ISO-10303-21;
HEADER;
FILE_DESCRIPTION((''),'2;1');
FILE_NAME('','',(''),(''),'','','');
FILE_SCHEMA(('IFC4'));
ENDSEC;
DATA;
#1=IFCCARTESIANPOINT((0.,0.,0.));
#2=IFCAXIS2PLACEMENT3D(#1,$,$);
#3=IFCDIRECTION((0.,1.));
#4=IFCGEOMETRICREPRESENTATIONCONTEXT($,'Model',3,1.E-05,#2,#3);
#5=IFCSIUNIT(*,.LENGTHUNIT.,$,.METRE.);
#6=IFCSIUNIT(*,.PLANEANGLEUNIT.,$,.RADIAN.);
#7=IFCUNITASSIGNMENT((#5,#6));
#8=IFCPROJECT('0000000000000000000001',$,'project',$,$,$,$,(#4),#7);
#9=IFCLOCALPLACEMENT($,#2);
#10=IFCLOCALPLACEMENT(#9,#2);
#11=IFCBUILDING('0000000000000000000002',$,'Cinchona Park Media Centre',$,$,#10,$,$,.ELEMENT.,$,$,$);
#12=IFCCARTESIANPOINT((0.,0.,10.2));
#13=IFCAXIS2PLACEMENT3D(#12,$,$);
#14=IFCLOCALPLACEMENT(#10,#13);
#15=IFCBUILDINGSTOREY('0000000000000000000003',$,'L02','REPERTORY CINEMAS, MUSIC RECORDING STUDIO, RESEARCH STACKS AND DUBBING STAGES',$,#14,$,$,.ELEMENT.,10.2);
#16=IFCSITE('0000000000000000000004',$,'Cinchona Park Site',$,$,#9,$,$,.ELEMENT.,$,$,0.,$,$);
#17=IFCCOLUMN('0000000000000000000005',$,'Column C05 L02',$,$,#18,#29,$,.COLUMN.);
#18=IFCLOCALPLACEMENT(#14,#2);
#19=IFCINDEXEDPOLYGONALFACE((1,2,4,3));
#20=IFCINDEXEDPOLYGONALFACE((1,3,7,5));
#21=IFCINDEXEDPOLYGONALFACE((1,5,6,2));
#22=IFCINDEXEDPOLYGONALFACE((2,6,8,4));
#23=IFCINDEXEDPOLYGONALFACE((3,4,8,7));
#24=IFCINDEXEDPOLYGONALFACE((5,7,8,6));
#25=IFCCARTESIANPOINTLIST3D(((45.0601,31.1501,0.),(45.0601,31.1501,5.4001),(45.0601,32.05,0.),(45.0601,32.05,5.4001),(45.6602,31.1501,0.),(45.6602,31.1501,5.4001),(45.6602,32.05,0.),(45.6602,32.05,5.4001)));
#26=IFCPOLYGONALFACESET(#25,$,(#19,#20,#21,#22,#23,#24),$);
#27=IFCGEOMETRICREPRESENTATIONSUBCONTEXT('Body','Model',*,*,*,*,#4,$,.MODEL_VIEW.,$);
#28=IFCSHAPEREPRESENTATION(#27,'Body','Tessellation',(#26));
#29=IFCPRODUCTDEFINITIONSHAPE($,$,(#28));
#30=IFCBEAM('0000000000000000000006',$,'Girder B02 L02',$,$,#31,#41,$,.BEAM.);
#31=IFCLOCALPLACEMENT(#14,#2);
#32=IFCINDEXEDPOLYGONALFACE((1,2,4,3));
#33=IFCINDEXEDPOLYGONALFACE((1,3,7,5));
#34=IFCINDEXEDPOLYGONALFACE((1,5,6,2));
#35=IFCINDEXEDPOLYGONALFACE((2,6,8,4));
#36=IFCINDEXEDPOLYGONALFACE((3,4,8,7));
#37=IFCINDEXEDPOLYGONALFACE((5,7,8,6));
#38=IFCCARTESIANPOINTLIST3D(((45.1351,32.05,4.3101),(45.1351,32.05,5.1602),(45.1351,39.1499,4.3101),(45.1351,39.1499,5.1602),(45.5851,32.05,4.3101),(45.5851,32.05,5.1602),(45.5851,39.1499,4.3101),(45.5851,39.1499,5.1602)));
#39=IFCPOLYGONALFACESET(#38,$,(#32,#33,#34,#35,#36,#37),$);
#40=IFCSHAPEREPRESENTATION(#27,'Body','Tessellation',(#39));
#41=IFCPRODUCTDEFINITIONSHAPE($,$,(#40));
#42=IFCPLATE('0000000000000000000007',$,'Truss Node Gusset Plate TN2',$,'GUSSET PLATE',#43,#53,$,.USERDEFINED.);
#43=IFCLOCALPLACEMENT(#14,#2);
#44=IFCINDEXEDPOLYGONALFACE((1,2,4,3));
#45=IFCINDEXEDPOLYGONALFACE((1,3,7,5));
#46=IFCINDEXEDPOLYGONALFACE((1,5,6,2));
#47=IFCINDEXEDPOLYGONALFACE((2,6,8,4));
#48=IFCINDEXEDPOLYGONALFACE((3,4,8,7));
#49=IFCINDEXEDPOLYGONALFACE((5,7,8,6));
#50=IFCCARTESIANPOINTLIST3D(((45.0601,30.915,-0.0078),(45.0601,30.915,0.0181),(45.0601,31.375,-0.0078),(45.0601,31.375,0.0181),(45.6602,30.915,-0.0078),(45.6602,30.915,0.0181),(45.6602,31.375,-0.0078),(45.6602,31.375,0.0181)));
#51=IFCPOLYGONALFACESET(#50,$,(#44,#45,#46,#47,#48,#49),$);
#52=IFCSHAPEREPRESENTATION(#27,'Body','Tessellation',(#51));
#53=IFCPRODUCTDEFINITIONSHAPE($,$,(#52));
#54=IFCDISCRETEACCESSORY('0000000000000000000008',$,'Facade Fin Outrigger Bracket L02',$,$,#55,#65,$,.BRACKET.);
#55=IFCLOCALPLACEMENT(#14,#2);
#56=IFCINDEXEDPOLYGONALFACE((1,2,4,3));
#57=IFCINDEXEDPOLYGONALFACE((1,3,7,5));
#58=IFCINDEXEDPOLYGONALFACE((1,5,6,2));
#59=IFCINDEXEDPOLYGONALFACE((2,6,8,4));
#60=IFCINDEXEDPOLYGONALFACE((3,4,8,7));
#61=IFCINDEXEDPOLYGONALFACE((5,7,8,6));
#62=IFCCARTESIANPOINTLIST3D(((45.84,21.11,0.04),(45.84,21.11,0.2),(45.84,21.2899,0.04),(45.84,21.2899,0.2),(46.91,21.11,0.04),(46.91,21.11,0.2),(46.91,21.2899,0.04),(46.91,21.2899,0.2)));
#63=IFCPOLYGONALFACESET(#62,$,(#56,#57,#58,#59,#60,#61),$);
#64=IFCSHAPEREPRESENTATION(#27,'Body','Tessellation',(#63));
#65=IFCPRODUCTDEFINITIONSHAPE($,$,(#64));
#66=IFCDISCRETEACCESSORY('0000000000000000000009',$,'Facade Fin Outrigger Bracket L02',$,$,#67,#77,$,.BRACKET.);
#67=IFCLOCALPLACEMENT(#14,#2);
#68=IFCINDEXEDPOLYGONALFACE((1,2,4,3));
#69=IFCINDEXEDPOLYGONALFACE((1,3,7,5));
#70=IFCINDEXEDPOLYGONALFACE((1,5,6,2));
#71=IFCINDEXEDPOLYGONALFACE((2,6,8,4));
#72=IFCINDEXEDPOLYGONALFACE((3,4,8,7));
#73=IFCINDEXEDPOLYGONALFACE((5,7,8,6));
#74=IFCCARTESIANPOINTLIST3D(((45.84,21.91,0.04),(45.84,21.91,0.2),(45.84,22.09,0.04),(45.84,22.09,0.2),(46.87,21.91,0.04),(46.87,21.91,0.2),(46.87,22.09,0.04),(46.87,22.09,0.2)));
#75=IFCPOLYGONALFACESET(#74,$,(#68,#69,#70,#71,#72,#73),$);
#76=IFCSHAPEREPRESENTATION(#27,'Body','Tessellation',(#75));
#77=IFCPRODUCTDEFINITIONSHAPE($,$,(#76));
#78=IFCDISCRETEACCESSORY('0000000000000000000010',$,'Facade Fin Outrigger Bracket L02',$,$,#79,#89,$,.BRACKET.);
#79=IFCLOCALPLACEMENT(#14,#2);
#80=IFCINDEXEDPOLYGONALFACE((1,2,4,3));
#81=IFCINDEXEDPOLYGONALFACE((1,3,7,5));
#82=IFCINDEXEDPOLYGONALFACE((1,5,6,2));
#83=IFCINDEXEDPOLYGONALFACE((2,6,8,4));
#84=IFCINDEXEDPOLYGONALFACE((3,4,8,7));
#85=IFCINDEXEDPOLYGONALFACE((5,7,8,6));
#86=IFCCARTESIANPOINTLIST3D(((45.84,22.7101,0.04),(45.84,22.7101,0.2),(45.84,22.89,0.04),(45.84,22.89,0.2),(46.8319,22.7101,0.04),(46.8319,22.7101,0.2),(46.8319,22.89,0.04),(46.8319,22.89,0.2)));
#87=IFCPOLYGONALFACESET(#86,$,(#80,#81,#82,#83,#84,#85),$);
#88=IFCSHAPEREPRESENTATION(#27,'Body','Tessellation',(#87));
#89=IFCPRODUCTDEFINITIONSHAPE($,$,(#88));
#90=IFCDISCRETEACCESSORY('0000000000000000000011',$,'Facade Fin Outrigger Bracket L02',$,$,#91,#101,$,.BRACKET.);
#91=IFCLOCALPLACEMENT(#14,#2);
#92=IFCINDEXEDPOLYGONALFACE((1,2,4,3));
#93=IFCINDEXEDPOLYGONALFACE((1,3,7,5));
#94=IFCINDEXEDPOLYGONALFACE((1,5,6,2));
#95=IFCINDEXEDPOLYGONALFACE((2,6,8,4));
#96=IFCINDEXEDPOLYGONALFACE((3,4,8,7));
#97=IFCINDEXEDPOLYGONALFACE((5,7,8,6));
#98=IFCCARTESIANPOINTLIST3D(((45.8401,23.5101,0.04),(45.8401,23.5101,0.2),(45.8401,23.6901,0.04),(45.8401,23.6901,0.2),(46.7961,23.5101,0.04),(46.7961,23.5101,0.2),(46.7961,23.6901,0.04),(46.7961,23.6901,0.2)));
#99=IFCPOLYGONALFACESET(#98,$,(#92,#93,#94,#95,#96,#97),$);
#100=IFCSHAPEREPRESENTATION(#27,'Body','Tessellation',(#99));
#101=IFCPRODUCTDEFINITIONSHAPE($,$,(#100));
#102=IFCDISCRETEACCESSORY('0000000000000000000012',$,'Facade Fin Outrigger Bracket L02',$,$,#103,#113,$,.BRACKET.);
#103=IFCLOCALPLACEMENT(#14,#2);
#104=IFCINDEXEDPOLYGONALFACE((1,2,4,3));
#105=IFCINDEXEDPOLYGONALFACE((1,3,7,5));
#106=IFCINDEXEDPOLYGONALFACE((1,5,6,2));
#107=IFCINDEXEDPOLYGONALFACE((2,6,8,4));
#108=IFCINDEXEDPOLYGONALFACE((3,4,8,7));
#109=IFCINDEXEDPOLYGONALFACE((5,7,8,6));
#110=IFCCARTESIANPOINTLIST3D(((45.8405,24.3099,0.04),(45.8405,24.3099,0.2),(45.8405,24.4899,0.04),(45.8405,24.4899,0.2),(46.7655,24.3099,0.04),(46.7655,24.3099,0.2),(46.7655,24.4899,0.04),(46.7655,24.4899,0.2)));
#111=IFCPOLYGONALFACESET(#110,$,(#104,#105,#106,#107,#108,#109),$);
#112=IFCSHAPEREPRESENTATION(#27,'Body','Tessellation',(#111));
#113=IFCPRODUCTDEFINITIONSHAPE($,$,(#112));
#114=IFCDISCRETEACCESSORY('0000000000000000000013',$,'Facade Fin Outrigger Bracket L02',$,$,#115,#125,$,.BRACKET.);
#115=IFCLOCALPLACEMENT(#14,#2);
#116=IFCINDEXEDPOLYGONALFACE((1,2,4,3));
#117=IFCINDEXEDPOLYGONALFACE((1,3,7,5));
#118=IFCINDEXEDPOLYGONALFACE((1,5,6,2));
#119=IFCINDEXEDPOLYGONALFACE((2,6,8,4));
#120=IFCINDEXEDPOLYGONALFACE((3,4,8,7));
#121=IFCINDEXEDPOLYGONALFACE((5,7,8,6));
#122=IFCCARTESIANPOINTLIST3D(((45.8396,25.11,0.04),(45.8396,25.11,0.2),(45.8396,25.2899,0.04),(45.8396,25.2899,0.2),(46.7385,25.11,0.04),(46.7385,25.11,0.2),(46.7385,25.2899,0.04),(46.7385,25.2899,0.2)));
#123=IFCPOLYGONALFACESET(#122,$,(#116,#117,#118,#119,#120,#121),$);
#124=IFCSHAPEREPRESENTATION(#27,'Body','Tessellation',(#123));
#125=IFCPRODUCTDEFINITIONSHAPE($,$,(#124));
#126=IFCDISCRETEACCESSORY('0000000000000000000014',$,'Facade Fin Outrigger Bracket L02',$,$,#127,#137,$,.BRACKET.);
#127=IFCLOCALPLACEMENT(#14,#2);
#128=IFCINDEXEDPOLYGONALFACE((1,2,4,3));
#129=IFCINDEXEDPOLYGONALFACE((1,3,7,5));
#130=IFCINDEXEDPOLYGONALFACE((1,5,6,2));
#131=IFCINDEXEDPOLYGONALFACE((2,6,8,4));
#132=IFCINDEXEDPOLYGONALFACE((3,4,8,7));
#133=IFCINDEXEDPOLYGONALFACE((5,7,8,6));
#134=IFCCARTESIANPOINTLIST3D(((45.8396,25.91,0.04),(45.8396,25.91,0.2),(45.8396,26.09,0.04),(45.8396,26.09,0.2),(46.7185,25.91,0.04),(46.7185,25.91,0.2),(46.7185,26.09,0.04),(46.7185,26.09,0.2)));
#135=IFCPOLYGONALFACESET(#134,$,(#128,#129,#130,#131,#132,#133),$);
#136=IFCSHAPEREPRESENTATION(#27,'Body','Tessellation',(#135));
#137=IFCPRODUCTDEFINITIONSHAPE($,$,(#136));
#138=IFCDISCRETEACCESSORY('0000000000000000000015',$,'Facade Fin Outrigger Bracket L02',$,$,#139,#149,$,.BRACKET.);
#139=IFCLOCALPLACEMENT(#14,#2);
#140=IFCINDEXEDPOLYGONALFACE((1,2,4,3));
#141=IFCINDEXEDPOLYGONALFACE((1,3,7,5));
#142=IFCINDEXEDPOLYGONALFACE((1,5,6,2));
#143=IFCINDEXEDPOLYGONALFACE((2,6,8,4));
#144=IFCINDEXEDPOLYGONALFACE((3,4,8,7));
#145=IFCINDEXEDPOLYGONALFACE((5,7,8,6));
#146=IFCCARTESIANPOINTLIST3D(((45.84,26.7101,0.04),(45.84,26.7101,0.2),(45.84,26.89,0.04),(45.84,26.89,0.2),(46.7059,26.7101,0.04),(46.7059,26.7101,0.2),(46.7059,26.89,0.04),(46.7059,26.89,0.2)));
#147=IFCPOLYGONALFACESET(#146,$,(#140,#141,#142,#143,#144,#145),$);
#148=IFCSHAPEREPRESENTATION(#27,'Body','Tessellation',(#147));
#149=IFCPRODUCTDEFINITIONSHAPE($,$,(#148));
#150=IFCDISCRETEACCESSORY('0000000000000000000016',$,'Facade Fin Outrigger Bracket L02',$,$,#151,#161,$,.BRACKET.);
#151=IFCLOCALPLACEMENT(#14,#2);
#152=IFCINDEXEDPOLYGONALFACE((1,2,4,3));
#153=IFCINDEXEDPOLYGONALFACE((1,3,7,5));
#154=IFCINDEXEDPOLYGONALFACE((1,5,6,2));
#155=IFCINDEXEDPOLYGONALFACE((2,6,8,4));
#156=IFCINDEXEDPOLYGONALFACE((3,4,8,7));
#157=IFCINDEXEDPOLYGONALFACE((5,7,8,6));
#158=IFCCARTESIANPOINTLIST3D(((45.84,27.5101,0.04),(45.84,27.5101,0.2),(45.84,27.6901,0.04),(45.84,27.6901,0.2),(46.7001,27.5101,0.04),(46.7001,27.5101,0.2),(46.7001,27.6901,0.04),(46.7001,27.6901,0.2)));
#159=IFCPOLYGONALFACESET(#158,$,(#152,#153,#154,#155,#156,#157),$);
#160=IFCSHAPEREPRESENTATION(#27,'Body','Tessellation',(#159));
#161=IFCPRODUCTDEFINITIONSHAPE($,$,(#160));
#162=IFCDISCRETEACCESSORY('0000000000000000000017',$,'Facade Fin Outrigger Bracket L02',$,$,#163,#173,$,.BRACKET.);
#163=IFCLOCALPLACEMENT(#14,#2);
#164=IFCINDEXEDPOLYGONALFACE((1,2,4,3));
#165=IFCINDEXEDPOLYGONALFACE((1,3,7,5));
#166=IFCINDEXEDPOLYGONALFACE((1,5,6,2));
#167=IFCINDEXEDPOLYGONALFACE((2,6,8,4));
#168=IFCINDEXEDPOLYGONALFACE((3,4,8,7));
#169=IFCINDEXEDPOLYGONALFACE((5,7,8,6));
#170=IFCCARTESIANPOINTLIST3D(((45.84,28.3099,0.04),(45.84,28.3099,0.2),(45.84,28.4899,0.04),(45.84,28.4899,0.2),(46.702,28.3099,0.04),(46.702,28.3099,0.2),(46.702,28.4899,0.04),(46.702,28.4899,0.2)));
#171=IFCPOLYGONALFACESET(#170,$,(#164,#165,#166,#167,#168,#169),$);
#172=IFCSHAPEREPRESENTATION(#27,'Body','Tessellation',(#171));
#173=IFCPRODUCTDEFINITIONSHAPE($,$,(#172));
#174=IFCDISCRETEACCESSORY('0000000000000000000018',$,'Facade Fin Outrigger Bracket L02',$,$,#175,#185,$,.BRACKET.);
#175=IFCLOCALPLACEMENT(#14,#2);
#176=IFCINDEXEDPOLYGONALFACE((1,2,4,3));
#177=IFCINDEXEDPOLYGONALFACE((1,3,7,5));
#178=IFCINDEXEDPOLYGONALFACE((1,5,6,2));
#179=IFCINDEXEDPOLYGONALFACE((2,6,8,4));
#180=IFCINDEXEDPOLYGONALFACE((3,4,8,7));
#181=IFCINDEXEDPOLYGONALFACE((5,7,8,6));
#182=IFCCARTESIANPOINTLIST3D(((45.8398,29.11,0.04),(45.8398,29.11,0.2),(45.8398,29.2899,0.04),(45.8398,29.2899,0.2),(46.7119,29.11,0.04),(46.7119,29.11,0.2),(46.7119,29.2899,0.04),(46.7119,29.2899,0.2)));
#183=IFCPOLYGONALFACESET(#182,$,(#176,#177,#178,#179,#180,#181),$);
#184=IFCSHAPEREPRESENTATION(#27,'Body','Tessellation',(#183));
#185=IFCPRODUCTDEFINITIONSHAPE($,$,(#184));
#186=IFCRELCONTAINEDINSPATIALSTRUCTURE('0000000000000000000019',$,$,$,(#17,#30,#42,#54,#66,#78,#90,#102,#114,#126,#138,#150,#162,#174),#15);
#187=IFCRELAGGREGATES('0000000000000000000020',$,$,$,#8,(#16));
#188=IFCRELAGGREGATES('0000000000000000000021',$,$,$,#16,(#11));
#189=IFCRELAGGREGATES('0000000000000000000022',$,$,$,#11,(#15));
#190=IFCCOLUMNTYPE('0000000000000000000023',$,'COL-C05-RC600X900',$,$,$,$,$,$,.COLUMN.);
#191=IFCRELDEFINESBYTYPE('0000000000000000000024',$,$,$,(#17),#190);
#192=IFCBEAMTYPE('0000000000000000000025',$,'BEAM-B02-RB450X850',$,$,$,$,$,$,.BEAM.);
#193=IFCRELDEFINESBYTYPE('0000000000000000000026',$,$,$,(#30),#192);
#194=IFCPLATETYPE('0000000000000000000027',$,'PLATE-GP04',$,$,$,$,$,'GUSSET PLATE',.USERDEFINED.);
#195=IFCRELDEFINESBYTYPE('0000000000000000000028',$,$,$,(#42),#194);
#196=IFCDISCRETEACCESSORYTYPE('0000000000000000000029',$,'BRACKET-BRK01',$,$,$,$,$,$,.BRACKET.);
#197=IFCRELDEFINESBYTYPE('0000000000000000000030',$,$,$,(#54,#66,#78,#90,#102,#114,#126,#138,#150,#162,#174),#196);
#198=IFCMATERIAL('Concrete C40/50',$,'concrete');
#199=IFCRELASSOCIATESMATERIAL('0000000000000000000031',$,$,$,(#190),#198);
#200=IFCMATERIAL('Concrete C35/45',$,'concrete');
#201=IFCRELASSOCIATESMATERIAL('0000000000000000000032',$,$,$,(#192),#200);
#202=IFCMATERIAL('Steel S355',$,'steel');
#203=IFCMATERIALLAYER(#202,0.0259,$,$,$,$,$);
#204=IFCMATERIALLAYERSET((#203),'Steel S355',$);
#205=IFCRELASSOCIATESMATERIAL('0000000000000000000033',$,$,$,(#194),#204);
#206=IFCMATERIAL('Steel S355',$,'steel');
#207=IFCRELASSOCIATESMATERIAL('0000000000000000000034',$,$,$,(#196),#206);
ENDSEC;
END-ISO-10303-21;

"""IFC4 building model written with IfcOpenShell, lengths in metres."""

from ifc_helpers import new_model, si_unit, direction, frame, origin, origin_2d, place, context, subcontext, project, spatial, rectangle, extrude, material, layer, layer_set, material_profile, profile_set, type_object, element, save


model = new_model("IFC4")

# Units and contexts
model_context = context("Model", 3, precision=1e-05, world=origin(), true_north=direction((0.0, 1.0)))
body_context = subcontext(model_context, "Body", "Model", "MODEL_VIEW")
ifc_project = project(units=[si_unit("LENGTHUNIT", "METRE"), si_unit("PLANEANGLEUNIT", "RADIAN")], contexts=[model_context])

# Site, building, storey
site_placement = place(None, origin())
site = spatial("IfcSite", under=ifc_project, at=site_placement, Name="Cinchona Park Site", CompositionType="ELEMENT", RefElevation=0.0)
building_placement = place(site_placement, origin())
building = spatial("IfcBuilding", under=site, at=building_placement, Name="Cinchona Park Media Centre", CompositionType="ELEMENT")
storey_placement = place(building_placement, frame((0.0, 0.0, 10.2)))
storey = spatial("IfcBuildingStorey", under=building, at=storey_placement, Name="L02", Description="REPERTORY CINEMAS, MUSIC RECORDING STUDIO, RESEARCH STACKS AND DUBBING STAGES", CompositionType="ELEMENT", Elevation=10.2)

# Column
ifc_material_1 = material(Name="Concrete C40/50", Category="concrete")
ifc_material_profile_1 = material_profile(ifc_material_1, rectangle(XDim=0.6001, YDim=0.8999, at=origin_2d()), Name="RC 600X900")
ifc_profile_set_1 = profile_set([ifc_material_profile_1], Name="Concrete C40/50")
column_type = type_object("IfcColumnType", Name="COL-C05-RC600X900", PredefinedType="COLUMN", material=ifc_profile_set_1)
column_placement = place(storey_placement, frame((45.3601, 31.6001, 0.0), z_axis=(0.0, 0.0, 1.0), x_axis=(1.0, 0.0, 0.0)))
element("IfcColumn", 1, at=column_placement, inside=storey, type_object=column_type, Name="Column C05 L02", PredefinedType="COLUMN", context=body_context, shape_type="SweptSolid", body=[
    extrude(rectangle(XDim=0.6001, YDim=0.8999, at=origin_2d()), origin(), (0.0, 0.0, 1.0), 5.4001),
])

# Beam
ifc_material_2 = material(Name="Concrete C35/45", Category="concrete")
ifc_material_profile_2 = material_profile(ifc_material_2, rectangle(XDim=0.45, YDim=0.8501, at=origin_2d()), Name="RB 450X850")
ifc_profile_set_2 = profile_set([ifc_material_profile_2], Name="Concrete C35/45")
beam_type = type_object("IfcBeamType", Name="BEAM-B02-RB450X850", PredefinedType="BEAM", material=ifc_profile_set_2)
beam_placement = place(storey_placement, frame((45.3601, 32.05, 4.7351), z_axis=(0.0, 1.0, 0.0), x_axis=(-1.0, 0.0, 0.0)))
element("IfcBeam", 2, at=beam_placement, inside=storey, type_object=beam_type, Name="Girder B02 L02", PredefinedType="BEAM", context=body_context, shape_type="SweptSolid", body=[
    extrude(rectangle(XDim=0.45, YDim=0.8501, at=origin_2d()), origin(), (0.0, 0.0, 1.0), 7.0999),
])

# Plate
ifc_material_3 = material(Name="Steel S355", Category="steel")
ifc_layer = layer(ifc_material_3, 0.0259)
ifc_layer_set = layer_set([ifc_layer], Name="Steel S355")
plate_type = type_object("IfcPlateType", Name="PLATE-GP04", ElementType="GUSSET PLATE", PredefinedType="USERDEFINED", material=ifc_layer_set)
plate_placement = place(storey_placement, frame((45.3601, 31.145, -0.0078), z_axis=(0.0, 0.0, 1.0), x_axis=(1.0, 0.0, 0.0)))
element("IfcPlate", 3, at=plate_placement, inside=storey, type_object=plate_type, Name="Truss Node Gusset Plate TN2", ObjectType="GUSSET PLATE", PredefinedType="USERDEFINED", context=body_context, shape_type="SweptSolid", body=[
    extrude(rectangle(XDim=0.6001, YDim=0.46, at=origin_2d()), origin(), (0.0, 0.0, 1.0), 0.0259),
])

# Discrete accessories
ifc_material_4 = material(Name="Steel S355", Category="steel")
discrete_accessory_type = type_object("IfcDiscreteAccessoryType", Name="BRACKET-BRK01", PredefinedType="BRACKET", material=ifc_material_4)
discrete_accessory_1_placement = place(storey_placement, frame((46.375, 21.2, 0.04), z_axis=(0.0, 0.0, 1.0), x_axis=(0.0, 1.0, 0.0)))
element("IfcDiscreteAccessory", 4, at=discrete_accessory_1_placement, inside=storey, type_object=discrete_accessory_type, Name="Facade Fin Outrigger Bracket L02", PredefinedType="BRACKET", context=body_context, shape_type="SweptSolid", body=[
    extrude(rectangle(XDim=0.1799, YDim=1.0701, at=origin_2d()), origin(), (0.0, 0.0, 1.0), 0.1599),
])
discrete_accessory_2_placement = place(storey_placement, frame((46.355, 22.0, 0.04), z_axis=(0.0, 0.0, 1.0), x_axis=(0.0, 1.0, 0.0)))
element("IfcDiscreteAccessory", 5, at=discrete_accessory_2_placement, inside=storey, type_object=discrete_accessory_type, Name="Facade Fin Outrigger Bracket L02", PredefinedType="BRACKET", context=body_context, shape_type="SweptSolid", body=[
    extrude(rectangle(XDim=0.1799, YDim=1.03, at=origin_2d()), origin(), (0.0, 0.0, 1.0), 0.1599),
])
discrete_accessory_3_placement = place(storey_placement, frame((46.3359, 22.8, 0.04), z_axis=(0.0, 0.0, 1.0), x_axis=(0.0, 1.0, 0.0)))
element("IfcDiscreteAccessory", 6, at=discrete_accessory_3_placement, inside=storey, type_object=discrete_accessory_type, Name="Facade Fin Outrigger Bracket L02", PredefinedType="BRACKET", context=body_context, shape_type="SweptSolid", body=[
    extrude(rectangle(XDim=0.1799, YDim=0.9919, at=origin_2d()), origin(), (0.0, 0.0, 1.0), 0.1599),
])
discrete_accessory_4_placement = place(storey_placement, frame((46.3181, 23.6001, 0.04), z_axis=(0.0, 0.0, 1.0), x_axis=(0.0, 1.0, 0.0)))
element("IfcDiscreteAccessory", 7, at=discrete_accessory_4_placement, inside=storey, type_object=discrete_accessory_type, Name="Facade Fin Outrigger Bracket L02", PredefinedType="BRACKET", context=body_context, shape_type="SweptSolid", body=[
    extrude(rectangle(XDim=0.1799, YDim=0.9561, at=origin_2d()), origin(), (0.0, 0.0, 1.0), 0.1599),
])
discrete_accessory_5_placement = place(storey_placement, frame((46.303, 24.3999, 0.04), z_axis=(0.0, 0.0, 1.0), x_axis=(0.0, 1.0, 0.0)))
element("IfcDiscreteAccessory", 8, at=discrete_accessory_5_placement, inside=storey, type_object=discrete_accessory_type, Name="Facade Fin Outrigger Bracket L02", PredefinedType="BRACKET", context=body_context, shape_type="SweptSolid", body=[
    extrude(rectangle(XDim=0.1799, YDim=0.925, at=origin_2d()), origin(), (0.0, 0.0, 1.0), 0.1599),
])
discrete_accessory_6_placement = place(storey_placement, frame((46.2891, 25.2, 0.04), z_axis=(0.0, 0.0, 1.0), x_axis=(0.0, 1.0, 0.0)))
element("IfcDiscreteAccessory", 9, at=discrete_accessory_6_placement, inside=storey, type_object=discrete_accessory_type, Name="Facade Fin Outrigger Bracket L02", PredefinedType="BRACKET", context=body_context, shape_type="SweptSolid", body=[
    extrude(rectangle(XDim=0.1799, YDim=0.8989, at=origin_2d()), origin(), (0.0, 0.0, 1.0), 0.1599),
])
discrete_accessory_7_placement = place(storey_placement, frame((46.2791, 26.0, 0.04), z_axis=(0.0, 0.0, 1.0), x_axis=(0.0, 1.0, 0.0)))
element("IfcDiscreteAccessory", 10, at=discrete_accessory_7_placement, inside=storey, type_object=discrete_accessory_type, Name="Facade Fin Outrigger Bracket L02", PredefinedType="BRACKET", context=body_context, shape_type="SweptSolid", body=[
    extrude(rectangle(XDim=0.1799, YDim=0.8789, at=origin_2d()), origin(), (0.0, 0.0, 1.0), 0.1599),
])
discrete_accessory_8_placement = place(storey_placement, frame((46.2729, 26.8, 0.04), z_axis=(0.0, 0.0, 1.0), x_axis=(0.0, 1.0, 0.0)))
element("IfcDiscreteAccessory", 11, at=discrete_accessory_8_placement, inside=storey, type_object=discrete_accessory_type, Name="Facade Fin Outrigger Bracket L02", PredefinedType="BRACKET", context=body_context, shape_type="SweptSolid", body=[
    extrude(rectangle(XDim=0.1799, YDim=0.866, at=origin_2d()), origin(), (0.0, 0.0, 1.0), 0.1599),
])
discrete_accessory_9_placement = place(storey_placement, frame((46.27, 27.6001, 0.04), z_axis=(0.0, 0.0, 1.0), x_axis=(0.0, 1.0, 0.0)))
element("IfcDiscreteAccessory", 12, at=discrete_accessory_9_placement, inside=storey, type_object=discrete_accessory_type, Name="Facade Fin Outrigger Bracket L02", PredefinedType="BRACKET", context=body_context, shape_type="SweptSolid", body=[
    extrude(rectangle(XDim=0.1799, YDim=0.8601, at=origin_2d()), origin(), (0.0, 0.0, 1.0), 0.1599),
])
discrete_accessory_10_placement = place(storey_placement, frame((46.271, 28.3999, 0.04), z_axis=(0.0, 0.0, 1.0), x_axis=(0.0, 1.0, 0.0)))
element("IfcDiscreteAccessory", 13, at=discrete_accessory_10_placement, inside=storey, type_object=discrete_accessory_type, Name="Facade Fin Outrigger Bracket L02", PredefinedType="BRACKET", context=body_context, shape_type="SweptSolid", body=[
    extrude(rectangle(XDim=0.1799, YDim=0.8621, at=origin_2d()), origin(), (0.0, 0.0, 1.0), 0.1599),
])
discrete_accessory_11_placement = place(storey_placement, frame((46.2759, 29.2, 0.04), z_axis=(0.0, 0.0, 1.0), x_axis=(0.0, 1.0, 0.0)))
element("IfcDiscreteAccessory", 14, at=discrete_accessory_11_placement, inside=storey, type_object=discrete_accessory_type, Name="Facade Fin Outrigger Bracket L02", PredefinedType="BRACKET", context=body_context, shape_type="SweptSolid", body=[
    extrude(rectangle(XDim=0.1799, YDim=0.8721, at=origin_2d()), origin(), (0.0, 0.0, 1.0), 0.1599),
])

save(model, "model.ifc")
